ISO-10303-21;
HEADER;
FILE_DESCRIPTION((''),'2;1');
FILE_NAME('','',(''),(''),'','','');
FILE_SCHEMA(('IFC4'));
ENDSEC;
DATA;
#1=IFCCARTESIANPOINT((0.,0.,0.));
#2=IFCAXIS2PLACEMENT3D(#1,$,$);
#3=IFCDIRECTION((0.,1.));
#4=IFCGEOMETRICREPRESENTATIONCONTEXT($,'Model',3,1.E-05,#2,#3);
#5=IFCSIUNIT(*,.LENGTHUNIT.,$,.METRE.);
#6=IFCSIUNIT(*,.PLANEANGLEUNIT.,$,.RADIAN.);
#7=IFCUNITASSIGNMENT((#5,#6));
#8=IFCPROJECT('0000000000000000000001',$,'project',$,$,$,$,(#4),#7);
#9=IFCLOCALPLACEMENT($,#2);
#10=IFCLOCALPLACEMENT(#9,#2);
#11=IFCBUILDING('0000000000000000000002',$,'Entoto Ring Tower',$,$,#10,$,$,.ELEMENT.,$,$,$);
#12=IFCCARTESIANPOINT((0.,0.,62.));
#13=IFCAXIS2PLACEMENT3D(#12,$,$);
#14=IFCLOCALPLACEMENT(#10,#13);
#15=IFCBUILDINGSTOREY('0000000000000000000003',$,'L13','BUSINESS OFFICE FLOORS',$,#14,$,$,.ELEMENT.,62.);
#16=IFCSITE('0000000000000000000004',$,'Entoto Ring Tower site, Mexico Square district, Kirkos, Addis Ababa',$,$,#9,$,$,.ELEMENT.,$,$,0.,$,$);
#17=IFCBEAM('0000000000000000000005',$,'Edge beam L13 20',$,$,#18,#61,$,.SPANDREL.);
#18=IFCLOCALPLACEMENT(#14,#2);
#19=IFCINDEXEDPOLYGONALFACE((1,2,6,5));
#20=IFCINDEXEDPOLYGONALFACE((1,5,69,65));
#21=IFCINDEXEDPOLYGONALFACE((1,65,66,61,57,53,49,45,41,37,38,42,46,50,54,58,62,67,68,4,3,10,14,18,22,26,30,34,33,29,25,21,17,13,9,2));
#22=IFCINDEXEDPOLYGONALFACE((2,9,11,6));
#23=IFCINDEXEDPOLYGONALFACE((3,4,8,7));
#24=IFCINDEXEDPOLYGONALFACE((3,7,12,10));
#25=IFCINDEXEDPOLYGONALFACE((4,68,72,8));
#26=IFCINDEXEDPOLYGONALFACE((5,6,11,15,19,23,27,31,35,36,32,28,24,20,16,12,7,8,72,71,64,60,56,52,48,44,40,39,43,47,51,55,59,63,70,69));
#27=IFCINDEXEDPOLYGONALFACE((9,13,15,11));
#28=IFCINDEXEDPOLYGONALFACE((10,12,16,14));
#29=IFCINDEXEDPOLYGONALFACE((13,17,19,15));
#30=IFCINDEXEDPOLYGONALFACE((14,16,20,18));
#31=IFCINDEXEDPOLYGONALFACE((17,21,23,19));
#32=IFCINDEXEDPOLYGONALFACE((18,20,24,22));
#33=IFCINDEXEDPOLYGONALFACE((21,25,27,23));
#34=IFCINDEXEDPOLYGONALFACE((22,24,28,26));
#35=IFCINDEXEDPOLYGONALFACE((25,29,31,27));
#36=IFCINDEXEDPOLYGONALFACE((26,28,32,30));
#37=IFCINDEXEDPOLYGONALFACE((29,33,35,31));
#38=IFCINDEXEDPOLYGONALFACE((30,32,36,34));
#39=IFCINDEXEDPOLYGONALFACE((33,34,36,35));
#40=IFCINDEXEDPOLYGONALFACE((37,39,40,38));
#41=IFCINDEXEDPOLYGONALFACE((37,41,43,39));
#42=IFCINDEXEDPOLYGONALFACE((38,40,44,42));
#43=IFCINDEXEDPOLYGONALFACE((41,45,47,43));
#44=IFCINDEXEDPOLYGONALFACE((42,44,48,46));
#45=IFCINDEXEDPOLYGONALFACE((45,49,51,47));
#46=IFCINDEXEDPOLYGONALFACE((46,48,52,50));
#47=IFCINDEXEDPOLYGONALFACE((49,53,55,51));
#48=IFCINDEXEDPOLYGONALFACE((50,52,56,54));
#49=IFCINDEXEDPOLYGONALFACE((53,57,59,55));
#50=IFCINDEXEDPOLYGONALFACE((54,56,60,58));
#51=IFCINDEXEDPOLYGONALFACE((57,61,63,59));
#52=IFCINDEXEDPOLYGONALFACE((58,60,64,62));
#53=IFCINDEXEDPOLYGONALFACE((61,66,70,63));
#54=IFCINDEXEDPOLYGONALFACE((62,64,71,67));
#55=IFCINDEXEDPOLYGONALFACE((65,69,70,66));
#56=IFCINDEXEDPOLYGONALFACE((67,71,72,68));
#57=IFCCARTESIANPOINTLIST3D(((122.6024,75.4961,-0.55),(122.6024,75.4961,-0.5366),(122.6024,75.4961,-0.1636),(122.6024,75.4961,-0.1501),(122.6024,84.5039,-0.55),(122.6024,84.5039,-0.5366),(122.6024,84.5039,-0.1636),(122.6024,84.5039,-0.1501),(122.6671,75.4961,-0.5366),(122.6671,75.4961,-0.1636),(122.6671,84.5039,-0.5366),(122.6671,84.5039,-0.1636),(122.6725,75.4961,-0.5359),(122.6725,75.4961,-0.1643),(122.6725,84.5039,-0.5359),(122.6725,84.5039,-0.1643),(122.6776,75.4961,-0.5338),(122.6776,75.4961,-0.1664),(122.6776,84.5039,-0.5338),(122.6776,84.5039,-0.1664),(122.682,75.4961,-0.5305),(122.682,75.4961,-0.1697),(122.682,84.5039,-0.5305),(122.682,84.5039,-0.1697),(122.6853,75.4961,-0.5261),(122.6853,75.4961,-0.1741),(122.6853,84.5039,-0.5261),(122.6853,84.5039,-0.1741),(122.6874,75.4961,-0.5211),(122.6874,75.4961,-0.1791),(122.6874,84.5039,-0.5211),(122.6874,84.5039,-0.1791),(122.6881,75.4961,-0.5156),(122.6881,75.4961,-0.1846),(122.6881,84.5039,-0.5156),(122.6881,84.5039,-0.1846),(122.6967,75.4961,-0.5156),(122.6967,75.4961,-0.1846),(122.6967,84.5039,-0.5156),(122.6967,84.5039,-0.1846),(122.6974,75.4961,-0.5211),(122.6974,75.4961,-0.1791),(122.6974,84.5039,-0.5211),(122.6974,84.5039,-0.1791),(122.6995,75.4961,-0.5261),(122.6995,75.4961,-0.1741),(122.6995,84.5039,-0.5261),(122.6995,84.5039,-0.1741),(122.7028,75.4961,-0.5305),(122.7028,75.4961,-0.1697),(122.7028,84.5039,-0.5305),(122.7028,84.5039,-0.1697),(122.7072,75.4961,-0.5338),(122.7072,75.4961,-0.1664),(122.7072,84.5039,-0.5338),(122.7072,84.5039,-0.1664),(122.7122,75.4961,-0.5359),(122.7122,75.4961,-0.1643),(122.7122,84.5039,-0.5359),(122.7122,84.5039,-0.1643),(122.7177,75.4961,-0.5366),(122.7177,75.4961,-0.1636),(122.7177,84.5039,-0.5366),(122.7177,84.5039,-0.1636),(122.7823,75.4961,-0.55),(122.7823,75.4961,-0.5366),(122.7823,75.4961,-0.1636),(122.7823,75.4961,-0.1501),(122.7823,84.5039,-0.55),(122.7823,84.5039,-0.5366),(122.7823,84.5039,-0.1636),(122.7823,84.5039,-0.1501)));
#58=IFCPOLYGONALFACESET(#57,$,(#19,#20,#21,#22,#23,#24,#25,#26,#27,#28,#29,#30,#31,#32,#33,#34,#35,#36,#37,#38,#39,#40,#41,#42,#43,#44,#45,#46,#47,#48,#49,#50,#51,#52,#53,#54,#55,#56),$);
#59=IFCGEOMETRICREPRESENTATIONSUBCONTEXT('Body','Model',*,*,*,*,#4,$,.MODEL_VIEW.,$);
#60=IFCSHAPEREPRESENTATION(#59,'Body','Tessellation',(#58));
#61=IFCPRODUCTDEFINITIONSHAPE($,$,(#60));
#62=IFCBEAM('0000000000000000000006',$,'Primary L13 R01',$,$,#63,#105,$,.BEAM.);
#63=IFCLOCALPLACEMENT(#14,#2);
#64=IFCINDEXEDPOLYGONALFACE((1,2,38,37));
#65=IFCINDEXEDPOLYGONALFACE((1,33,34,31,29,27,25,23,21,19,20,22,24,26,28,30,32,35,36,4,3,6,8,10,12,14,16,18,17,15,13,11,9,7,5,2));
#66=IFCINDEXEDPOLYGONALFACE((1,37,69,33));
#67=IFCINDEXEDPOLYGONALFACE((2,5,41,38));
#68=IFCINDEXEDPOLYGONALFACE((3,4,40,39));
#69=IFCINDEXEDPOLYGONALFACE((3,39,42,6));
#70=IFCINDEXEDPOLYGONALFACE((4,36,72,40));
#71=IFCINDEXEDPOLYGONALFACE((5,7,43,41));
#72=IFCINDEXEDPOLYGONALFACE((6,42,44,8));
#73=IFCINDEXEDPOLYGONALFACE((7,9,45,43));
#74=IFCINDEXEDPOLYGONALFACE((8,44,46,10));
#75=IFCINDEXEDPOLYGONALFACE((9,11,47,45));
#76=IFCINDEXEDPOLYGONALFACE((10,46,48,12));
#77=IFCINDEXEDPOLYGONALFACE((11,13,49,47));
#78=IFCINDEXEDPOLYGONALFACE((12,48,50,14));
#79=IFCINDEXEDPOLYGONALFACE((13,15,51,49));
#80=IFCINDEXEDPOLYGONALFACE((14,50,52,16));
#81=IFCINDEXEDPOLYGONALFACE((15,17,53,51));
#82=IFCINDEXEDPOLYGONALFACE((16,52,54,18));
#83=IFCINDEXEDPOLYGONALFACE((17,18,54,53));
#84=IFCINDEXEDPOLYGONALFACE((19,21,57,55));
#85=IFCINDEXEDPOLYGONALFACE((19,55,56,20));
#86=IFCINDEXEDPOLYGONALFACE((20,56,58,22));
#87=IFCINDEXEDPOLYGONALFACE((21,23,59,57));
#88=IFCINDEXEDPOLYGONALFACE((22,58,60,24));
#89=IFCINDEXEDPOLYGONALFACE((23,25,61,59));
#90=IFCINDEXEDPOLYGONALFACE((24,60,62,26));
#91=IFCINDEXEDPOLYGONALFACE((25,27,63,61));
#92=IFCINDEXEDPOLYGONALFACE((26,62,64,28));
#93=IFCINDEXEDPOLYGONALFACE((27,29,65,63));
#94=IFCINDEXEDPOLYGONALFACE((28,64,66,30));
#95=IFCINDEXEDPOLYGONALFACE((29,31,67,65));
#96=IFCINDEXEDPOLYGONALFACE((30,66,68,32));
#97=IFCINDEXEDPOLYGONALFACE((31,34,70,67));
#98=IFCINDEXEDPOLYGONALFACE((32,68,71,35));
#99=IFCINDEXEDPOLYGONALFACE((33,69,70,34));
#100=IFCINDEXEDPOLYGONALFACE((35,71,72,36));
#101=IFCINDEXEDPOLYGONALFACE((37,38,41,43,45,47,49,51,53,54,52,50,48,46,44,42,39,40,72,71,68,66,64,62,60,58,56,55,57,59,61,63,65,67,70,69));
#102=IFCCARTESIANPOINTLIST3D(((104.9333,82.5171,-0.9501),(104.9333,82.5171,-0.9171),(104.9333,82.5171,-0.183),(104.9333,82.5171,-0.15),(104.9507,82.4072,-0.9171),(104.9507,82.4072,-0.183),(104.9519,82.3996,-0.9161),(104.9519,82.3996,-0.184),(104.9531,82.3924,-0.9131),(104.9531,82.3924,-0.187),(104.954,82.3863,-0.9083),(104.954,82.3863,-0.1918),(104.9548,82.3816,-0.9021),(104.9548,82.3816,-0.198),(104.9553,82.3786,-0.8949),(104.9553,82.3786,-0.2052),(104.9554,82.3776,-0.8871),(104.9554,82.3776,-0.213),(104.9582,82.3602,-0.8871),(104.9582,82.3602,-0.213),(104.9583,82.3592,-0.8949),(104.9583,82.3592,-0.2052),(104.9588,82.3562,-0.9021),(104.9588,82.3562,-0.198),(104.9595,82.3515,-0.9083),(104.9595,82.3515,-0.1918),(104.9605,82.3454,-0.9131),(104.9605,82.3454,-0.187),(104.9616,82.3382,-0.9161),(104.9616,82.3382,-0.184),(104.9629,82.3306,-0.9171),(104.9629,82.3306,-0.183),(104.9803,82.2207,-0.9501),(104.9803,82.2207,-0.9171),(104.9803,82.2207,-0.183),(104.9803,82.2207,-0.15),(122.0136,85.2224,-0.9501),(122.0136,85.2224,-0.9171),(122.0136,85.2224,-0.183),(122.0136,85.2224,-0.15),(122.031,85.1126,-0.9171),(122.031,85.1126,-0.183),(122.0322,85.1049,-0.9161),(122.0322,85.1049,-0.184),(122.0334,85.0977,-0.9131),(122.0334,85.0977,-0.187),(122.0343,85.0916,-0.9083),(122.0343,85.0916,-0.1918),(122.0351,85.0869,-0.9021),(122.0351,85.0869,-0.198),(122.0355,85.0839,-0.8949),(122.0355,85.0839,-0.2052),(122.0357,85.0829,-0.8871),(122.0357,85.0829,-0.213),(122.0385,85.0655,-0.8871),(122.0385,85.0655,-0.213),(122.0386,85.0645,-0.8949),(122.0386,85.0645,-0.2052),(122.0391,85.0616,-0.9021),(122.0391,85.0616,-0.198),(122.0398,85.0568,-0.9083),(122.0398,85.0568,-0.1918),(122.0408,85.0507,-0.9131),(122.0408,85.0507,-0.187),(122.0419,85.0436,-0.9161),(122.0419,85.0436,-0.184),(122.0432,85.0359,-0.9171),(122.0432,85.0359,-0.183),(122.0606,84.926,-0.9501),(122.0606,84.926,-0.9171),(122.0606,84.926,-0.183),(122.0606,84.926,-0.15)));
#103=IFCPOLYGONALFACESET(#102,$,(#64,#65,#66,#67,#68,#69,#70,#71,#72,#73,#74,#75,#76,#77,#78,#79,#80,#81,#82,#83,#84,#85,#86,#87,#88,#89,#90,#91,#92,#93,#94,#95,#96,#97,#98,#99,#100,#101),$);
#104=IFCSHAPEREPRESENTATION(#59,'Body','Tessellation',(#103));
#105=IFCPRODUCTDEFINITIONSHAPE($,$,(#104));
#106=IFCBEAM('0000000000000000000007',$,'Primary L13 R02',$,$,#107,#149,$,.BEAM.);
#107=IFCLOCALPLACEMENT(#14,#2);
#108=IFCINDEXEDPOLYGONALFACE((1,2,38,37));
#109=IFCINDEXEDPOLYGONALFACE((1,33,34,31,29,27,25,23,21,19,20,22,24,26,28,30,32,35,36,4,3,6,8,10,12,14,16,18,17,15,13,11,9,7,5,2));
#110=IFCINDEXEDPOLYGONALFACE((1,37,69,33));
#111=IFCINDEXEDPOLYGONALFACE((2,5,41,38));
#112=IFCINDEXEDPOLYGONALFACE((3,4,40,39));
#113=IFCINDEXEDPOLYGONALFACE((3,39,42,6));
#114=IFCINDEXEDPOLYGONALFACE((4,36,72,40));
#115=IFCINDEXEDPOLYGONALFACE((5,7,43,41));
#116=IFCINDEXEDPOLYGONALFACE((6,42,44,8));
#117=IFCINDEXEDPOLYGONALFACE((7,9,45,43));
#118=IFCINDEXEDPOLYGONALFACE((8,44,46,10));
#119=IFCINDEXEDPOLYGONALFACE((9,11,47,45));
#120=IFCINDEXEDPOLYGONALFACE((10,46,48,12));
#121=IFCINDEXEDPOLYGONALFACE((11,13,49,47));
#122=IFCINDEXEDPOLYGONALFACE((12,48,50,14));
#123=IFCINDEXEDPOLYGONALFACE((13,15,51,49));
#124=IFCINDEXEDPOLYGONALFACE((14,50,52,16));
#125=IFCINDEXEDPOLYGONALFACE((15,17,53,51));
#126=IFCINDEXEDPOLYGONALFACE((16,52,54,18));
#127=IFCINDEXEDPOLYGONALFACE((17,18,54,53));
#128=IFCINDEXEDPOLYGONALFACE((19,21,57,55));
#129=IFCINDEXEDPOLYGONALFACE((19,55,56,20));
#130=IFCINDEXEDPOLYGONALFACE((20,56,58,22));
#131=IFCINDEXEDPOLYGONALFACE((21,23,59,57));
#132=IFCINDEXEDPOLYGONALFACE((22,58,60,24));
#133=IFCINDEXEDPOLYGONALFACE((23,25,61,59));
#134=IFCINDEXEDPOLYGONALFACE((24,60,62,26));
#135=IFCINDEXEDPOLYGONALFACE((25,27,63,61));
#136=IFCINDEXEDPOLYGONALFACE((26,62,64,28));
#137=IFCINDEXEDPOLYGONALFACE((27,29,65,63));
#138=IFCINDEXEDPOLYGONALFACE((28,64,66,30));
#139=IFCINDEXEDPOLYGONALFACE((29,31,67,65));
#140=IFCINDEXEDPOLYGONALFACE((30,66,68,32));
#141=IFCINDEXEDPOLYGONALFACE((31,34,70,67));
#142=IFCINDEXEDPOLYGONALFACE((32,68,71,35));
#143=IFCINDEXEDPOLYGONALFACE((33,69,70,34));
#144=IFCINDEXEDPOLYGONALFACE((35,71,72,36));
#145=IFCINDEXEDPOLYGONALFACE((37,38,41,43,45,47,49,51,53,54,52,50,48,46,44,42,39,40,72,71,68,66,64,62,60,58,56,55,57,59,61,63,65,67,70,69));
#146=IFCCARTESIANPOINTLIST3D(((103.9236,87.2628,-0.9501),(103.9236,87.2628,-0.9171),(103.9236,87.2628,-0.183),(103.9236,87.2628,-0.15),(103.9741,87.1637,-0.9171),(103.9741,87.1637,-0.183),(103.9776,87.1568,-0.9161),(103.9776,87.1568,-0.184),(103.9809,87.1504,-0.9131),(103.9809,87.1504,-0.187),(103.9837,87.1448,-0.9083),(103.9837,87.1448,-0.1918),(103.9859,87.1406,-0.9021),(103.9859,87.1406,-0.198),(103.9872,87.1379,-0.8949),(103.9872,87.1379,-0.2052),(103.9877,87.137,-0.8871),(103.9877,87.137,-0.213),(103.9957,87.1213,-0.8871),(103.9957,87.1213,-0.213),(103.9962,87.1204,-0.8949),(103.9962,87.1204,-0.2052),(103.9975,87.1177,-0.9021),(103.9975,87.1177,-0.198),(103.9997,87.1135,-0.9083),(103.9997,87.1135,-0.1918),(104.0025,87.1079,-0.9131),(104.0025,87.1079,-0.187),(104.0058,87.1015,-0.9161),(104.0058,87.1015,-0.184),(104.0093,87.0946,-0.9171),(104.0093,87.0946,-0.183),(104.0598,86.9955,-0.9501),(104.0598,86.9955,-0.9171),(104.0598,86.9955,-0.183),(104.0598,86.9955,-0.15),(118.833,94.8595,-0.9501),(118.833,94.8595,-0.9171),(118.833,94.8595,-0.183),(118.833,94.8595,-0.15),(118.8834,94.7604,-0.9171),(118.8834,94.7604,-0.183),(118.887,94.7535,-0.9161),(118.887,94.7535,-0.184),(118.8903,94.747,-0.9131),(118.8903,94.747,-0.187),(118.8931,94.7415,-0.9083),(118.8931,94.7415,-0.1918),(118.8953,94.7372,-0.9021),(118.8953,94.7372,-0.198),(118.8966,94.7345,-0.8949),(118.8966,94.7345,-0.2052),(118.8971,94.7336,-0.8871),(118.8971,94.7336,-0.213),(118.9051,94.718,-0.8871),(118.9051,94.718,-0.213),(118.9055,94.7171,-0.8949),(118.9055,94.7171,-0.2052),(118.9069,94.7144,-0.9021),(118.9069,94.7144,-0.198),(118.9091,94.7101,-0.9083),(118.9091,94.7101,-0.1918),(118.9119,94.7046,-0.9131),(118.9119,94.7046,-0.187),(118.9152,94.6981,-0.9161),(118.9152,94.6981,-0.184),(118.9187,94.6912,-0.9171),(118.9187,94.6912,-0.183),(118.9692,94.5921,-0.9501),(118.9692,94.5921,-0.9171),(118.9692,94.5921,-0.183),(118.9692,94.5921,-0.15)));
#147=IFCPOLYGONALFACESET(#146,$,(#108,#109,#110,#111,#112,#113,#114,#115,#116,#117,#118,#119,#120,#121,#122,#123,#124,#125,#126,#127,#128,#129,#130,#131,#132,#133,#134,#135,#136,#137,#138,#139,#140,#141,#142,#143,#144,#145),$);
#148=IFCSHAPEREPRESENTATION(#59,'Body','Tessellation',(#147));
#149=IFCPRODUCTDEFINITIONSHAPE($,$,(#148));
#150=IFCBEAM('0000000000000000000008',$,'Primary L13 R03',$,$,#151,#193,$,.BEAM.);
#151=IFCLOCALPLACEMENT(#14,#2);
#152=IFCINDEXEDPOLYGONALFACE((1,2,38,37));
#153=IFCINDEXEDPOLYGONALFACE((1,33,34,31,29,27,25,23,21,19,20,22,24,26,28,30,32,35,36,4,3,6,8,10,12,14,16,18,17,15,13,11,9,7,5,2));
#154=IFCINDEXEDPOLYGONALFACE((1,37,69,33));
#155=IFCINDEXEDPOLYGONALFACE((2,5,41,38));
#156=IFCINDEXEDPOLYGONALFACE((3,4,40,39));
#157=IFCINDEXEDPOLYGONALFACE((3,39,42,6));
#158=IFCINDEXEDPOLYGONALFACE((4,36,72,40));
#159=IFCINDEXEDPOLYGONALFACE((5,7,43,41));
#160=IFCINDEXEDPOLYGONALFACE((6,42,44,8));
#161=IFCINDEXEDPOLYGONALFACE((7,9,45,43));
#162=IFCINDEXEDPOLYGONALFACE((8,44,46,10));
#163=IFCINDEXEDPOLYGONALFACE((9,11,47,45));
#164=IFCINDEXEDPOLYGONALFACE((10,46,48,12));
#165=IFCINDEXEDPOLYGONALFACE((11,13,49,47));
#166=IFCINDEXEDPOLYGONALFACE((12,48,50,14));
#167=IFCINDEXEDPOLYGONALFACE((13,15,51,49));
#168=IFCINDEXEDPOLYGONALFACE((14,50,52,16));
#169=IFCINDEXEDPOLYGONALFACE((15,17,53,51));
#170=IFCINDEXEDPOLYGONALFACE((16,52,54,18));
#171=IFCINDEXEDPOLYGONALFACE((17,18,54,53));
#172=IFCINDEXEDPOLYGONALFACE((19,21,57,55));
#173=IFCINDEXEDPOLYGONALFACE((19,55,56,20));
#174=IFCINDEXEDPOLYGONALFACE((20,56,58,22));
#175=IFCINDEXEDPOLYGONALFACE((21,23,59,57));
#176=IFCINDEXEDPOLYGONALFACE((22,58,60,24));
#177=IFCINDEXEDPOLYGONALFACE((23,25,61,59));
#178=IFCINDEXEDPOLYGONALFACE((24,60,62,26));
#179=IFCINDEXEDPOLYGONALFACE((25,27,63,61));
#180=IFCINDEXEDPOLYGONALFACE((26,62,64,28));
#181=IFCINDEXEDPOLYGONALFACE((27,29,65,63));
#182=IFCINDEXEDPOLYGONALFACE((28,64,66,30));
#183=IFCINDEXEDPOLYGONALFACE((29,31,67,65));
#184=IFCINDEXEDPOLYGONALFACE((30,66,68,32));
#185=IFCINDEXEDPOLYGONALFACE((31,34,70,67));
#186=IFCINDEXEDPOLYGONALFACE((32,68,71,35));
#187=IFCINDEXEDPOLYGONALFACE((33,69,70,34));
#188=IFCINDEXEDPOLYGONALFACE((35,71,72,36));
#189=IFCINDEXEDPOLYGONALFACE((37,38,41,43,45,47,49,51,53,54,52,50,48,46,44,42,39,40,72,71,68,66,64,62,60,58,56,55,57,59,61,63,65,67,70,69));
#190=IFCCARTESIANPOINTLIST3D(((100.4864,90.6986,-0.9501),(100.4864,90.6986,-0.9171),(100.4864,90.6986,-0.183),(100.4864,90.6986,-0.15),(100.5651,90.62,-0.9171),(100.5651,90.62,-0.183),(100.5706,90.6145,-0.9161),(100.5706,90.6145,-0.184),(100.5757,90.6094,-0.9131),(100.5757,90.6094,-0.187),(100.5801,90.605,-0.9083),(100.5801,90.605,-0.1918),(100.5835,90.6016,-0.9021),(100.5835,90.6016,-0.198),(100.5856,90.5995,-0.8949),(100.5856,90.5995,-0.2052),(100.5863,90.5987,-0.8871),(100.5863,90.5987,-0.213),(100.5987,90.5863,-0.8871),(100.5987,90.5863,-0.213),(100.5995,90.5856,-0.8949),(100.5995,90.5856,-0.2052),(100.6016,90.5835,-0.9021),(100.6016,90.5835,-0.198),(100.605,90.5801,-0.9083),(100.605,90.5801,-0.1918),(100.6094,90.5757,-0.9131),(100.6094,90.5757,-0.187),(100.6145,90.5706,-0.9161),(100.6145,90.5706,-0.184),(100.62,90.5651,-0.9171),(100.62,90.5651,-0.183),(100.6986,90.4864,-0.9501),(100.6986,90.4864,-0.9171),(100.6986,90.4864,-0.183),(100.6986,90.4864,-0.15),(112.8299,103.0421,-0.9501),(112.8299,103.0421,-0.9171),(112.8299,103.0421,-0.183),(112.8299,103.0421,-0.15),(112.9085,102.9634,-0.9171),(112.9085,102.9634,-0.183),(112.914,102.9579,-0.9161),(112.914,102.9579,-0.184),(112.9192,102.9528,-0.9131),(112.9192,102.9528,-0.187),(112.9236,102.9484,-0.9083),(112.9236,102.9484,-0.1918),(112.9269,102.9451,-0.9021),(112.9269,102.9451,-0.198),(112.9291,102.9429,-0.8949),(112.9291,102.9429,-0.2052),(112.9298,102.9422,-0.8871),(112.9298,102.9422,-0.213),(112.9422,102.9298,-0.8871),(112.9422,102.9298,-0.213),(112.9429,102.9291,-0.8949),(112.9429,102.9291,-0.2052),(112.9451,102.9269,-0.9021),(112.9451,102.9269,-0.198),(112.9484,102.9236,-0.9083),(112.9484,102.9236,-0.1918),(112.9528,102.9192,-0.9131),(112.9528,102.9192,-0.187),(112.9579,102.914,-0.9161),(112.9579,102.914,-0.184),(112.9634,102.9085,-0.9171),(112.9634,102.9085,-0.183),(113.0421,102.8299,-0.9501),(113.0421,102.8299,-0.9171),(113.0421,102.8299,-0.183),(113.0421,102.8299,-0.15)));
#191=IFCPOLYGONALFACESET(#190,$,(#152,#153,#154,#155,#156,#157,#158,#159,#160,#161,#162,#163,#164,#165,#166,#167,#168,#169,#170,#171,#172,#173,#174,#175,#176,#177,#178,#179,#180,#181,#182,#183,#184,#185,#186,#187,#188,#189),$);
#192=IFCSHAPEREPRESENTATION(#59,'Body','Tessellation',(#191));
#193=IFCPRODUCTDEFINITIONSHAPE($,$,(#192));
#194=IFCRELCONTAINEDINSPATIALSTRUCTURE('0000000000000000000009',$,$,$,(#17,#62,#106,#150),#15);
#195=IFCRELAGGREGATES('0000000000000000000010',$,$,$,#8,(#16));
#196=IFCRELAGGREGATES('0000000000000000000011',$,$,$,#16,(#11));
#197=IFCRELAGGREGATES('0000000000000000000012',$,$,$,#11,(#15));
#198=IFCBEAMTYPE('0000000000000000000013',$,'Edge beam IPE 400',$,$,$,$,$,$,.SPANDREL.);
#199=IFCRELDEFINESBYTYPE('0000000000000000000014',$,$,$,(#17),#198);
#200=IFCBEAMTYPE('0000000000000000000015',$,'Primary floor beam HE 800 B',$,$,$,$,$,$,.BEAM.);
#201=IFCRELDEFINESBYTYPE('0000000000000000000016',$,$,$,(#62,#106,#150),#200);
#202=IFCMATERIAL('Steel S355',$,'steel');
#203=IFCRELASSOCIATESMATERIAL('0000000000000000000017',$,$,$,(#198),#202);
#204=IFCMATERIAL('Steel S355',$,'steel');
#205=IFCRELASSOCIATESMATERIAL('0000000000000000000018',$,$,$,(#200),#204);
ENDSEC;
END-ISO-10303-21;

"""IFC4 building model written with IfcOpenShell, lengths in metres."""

from ifc_helpers import new_model, si_unit, direction, frame, origin, origin_2d, place, context, subcontext, project, spatial, i_section, extrude, material, material_profile, profile_set, type_object, element, save


model = new_model("IFC4")

# Units and contexts
model_context = context("Model", 3, precision=1e-05, world=origin(), true_north=direction((0.0, 1.0)))
body_context = subcontext(model_context, "Body", "Model", "MODEL_VIEW")
ifc_project = project(units=[si_unit("LENGTHUNIT", "METRE"), si_unit("PLANEANGLEUNIT", "RADIAN")], contexts=[model_context])

# Site, building, storey
site_placement = place(None, origin())
site = spatial("IfcSite", under=ifc_project, at=site_placement, Name="Entoto Ring Tower site, Mexico Square district, Kirkos, Addis Ababa", CompositionType="ELEMENT", RefElevation=0.0)
building_placement = place(site_placement, origin())
building = spatial("IfcBuilding", under=site, at=building_placement, Name="Entoto Ring Tower", CompositionType="ELEMENT")
storey_placement = place(building_placement, frame((0.0, 0.0, 62.0)))
storey = spatial("IfcBuildingStorey", under=building, at=storey_placement, Name="L13", Description="BUSINESS OFFICE FLOORS", CompositionType="ELEMENT", Elevation=62.0)

# Beams
ifc_material_1 = material(Name="Steel S355", Category="steel")
ifc_material_profile_1 = material_profile(ifc_material_1, i_section(OverallWidth=0.1799, OverallDepth=0.3999, WebThickness=0.0085, FlangeThickness=0.0134, FilletRadius=0.021, at=origin_2d()), Name="IPE 400")
ifc_profile_set_1 = profile_set([ifc_material_profile_1], Name="Steel S355")
beam_type_1 = type_object("IfcBeamType", Name="Edge beam IPE 400", PredefinedType="SPANDREL", material=ifc_profile_set_1)
for number, where, z_axis, x_axis, name in (
    (1, (122.6924, 75.4961, -0.3501), (0.0, 1.0, 0.0), (-1.0, 0.0, 0.0), "Edge beam L13 20"),
):
    element("IfcBeam", number, at=place(storey_placement, frame(where, z_axis=z_axis, x_axis=x_axis)), inside=storey, type_object=beam_type_1, Name=name, PredefinedType="SPANDREL", context=body_context, shape_type="SweptSolid", body=[
        extrude(i_section(OverallWidth=0.1799, OverallDepth=0.3999, WebThickness=0.0085, FlangeThickness=0.0134, FilletRadius=0.021, at=origin_2d()), origin(), (0.0, 0.0, 1.0), 9.0078),
    ])
ifc_material_2 = material(Name="Steel S355", Category="steel")
ifc_material_profile_2 = material_profile(ifc_material_2, i_section(OverallWidth=0.3, OverallDepth=0.8, WebThickness=0.0176, FlangeThickness=0.033, FilletRadius=0.03, at=origin_2d()), Name="HE 800 B")
ifc_profile_set_2 = profile_set([ifc_material_profile_2], Name="Steel S355")
beam_type_2 = type_object("IfcBeamType", Name="Primary floor beam HE 800 B", PredefinedType="BEAM", material=ifc_profile_set_2)
beam_1_placement = place(storey_placement, frame((104.9568, 82.3689, -0.55), z_axis=(0.987688, 0.156438, 0.0), x_axis=(-0.156438, 0.987688, 0.0)))
element("IfcBeam", 2, at=beam_1_placement, inside=storey, type_object=beam_type_2, Name="Primary L13 R01", PredefinedType="BEAM", context=body_context, shape_type="SweptSolid", body=[
    extrude(i_section(OverallWidth=0.3, OverallDepth=0.8, WebThickness=0.0176, FlangeThickness=0.033, FilletRadius=0.03, at=origin_2d()), origin(), (0.0, 0.0, 1.0), 17.2932),
])
beam_2_placement = place(storey_placement, frame((103.9917, 87.1292, -0.55), z_axis=(0.891008, 0.453988, 0.0), x_axis=(-0.453988, 0.891008, 0.0)))
element("IfcBeam", 3, at=beam_2_placement, inside=storey, type_object=beam_type_2, Name="Primary L13 R02", PredefinedType="BEAM", context=body_context, shape_type="SweptSolid", body=[
    extrude(i_section(OverallWidth=0.3, OverallDepth=0.8, WebThickness=0.0176, FlangeThickness=0.033, FilletRadius=0.03, at=origin_2d()), origin(), (0.0, 0.0, 1.0), 16.7332),
])
beam_3_placement = place(storey_placement, frame((100.5925, 90.5925, -0.55), z_axis=(0.707107, 0.707107, 0.0), x_axis=(-0.707107, 0.707107, 0.0)))
element("IfcBeam", 4, at=beam_3_placement, inside=storey, type_object=beam_type_2, Name="Primary L13 R03", PredefinedType="BEAM", context=body_context, shape_type="SweptSolid", body=[
    extrude(i_section(OverallWidth=0.3, OverallDepth=0.8, WebThickness=0.0176, FlangeThickness=0.033, FilletRadius=0.03, at=origin_2d()), origin(), (0.0, 0.0, 1.0), 17.4563),
])

save(model, "model.ifc")
